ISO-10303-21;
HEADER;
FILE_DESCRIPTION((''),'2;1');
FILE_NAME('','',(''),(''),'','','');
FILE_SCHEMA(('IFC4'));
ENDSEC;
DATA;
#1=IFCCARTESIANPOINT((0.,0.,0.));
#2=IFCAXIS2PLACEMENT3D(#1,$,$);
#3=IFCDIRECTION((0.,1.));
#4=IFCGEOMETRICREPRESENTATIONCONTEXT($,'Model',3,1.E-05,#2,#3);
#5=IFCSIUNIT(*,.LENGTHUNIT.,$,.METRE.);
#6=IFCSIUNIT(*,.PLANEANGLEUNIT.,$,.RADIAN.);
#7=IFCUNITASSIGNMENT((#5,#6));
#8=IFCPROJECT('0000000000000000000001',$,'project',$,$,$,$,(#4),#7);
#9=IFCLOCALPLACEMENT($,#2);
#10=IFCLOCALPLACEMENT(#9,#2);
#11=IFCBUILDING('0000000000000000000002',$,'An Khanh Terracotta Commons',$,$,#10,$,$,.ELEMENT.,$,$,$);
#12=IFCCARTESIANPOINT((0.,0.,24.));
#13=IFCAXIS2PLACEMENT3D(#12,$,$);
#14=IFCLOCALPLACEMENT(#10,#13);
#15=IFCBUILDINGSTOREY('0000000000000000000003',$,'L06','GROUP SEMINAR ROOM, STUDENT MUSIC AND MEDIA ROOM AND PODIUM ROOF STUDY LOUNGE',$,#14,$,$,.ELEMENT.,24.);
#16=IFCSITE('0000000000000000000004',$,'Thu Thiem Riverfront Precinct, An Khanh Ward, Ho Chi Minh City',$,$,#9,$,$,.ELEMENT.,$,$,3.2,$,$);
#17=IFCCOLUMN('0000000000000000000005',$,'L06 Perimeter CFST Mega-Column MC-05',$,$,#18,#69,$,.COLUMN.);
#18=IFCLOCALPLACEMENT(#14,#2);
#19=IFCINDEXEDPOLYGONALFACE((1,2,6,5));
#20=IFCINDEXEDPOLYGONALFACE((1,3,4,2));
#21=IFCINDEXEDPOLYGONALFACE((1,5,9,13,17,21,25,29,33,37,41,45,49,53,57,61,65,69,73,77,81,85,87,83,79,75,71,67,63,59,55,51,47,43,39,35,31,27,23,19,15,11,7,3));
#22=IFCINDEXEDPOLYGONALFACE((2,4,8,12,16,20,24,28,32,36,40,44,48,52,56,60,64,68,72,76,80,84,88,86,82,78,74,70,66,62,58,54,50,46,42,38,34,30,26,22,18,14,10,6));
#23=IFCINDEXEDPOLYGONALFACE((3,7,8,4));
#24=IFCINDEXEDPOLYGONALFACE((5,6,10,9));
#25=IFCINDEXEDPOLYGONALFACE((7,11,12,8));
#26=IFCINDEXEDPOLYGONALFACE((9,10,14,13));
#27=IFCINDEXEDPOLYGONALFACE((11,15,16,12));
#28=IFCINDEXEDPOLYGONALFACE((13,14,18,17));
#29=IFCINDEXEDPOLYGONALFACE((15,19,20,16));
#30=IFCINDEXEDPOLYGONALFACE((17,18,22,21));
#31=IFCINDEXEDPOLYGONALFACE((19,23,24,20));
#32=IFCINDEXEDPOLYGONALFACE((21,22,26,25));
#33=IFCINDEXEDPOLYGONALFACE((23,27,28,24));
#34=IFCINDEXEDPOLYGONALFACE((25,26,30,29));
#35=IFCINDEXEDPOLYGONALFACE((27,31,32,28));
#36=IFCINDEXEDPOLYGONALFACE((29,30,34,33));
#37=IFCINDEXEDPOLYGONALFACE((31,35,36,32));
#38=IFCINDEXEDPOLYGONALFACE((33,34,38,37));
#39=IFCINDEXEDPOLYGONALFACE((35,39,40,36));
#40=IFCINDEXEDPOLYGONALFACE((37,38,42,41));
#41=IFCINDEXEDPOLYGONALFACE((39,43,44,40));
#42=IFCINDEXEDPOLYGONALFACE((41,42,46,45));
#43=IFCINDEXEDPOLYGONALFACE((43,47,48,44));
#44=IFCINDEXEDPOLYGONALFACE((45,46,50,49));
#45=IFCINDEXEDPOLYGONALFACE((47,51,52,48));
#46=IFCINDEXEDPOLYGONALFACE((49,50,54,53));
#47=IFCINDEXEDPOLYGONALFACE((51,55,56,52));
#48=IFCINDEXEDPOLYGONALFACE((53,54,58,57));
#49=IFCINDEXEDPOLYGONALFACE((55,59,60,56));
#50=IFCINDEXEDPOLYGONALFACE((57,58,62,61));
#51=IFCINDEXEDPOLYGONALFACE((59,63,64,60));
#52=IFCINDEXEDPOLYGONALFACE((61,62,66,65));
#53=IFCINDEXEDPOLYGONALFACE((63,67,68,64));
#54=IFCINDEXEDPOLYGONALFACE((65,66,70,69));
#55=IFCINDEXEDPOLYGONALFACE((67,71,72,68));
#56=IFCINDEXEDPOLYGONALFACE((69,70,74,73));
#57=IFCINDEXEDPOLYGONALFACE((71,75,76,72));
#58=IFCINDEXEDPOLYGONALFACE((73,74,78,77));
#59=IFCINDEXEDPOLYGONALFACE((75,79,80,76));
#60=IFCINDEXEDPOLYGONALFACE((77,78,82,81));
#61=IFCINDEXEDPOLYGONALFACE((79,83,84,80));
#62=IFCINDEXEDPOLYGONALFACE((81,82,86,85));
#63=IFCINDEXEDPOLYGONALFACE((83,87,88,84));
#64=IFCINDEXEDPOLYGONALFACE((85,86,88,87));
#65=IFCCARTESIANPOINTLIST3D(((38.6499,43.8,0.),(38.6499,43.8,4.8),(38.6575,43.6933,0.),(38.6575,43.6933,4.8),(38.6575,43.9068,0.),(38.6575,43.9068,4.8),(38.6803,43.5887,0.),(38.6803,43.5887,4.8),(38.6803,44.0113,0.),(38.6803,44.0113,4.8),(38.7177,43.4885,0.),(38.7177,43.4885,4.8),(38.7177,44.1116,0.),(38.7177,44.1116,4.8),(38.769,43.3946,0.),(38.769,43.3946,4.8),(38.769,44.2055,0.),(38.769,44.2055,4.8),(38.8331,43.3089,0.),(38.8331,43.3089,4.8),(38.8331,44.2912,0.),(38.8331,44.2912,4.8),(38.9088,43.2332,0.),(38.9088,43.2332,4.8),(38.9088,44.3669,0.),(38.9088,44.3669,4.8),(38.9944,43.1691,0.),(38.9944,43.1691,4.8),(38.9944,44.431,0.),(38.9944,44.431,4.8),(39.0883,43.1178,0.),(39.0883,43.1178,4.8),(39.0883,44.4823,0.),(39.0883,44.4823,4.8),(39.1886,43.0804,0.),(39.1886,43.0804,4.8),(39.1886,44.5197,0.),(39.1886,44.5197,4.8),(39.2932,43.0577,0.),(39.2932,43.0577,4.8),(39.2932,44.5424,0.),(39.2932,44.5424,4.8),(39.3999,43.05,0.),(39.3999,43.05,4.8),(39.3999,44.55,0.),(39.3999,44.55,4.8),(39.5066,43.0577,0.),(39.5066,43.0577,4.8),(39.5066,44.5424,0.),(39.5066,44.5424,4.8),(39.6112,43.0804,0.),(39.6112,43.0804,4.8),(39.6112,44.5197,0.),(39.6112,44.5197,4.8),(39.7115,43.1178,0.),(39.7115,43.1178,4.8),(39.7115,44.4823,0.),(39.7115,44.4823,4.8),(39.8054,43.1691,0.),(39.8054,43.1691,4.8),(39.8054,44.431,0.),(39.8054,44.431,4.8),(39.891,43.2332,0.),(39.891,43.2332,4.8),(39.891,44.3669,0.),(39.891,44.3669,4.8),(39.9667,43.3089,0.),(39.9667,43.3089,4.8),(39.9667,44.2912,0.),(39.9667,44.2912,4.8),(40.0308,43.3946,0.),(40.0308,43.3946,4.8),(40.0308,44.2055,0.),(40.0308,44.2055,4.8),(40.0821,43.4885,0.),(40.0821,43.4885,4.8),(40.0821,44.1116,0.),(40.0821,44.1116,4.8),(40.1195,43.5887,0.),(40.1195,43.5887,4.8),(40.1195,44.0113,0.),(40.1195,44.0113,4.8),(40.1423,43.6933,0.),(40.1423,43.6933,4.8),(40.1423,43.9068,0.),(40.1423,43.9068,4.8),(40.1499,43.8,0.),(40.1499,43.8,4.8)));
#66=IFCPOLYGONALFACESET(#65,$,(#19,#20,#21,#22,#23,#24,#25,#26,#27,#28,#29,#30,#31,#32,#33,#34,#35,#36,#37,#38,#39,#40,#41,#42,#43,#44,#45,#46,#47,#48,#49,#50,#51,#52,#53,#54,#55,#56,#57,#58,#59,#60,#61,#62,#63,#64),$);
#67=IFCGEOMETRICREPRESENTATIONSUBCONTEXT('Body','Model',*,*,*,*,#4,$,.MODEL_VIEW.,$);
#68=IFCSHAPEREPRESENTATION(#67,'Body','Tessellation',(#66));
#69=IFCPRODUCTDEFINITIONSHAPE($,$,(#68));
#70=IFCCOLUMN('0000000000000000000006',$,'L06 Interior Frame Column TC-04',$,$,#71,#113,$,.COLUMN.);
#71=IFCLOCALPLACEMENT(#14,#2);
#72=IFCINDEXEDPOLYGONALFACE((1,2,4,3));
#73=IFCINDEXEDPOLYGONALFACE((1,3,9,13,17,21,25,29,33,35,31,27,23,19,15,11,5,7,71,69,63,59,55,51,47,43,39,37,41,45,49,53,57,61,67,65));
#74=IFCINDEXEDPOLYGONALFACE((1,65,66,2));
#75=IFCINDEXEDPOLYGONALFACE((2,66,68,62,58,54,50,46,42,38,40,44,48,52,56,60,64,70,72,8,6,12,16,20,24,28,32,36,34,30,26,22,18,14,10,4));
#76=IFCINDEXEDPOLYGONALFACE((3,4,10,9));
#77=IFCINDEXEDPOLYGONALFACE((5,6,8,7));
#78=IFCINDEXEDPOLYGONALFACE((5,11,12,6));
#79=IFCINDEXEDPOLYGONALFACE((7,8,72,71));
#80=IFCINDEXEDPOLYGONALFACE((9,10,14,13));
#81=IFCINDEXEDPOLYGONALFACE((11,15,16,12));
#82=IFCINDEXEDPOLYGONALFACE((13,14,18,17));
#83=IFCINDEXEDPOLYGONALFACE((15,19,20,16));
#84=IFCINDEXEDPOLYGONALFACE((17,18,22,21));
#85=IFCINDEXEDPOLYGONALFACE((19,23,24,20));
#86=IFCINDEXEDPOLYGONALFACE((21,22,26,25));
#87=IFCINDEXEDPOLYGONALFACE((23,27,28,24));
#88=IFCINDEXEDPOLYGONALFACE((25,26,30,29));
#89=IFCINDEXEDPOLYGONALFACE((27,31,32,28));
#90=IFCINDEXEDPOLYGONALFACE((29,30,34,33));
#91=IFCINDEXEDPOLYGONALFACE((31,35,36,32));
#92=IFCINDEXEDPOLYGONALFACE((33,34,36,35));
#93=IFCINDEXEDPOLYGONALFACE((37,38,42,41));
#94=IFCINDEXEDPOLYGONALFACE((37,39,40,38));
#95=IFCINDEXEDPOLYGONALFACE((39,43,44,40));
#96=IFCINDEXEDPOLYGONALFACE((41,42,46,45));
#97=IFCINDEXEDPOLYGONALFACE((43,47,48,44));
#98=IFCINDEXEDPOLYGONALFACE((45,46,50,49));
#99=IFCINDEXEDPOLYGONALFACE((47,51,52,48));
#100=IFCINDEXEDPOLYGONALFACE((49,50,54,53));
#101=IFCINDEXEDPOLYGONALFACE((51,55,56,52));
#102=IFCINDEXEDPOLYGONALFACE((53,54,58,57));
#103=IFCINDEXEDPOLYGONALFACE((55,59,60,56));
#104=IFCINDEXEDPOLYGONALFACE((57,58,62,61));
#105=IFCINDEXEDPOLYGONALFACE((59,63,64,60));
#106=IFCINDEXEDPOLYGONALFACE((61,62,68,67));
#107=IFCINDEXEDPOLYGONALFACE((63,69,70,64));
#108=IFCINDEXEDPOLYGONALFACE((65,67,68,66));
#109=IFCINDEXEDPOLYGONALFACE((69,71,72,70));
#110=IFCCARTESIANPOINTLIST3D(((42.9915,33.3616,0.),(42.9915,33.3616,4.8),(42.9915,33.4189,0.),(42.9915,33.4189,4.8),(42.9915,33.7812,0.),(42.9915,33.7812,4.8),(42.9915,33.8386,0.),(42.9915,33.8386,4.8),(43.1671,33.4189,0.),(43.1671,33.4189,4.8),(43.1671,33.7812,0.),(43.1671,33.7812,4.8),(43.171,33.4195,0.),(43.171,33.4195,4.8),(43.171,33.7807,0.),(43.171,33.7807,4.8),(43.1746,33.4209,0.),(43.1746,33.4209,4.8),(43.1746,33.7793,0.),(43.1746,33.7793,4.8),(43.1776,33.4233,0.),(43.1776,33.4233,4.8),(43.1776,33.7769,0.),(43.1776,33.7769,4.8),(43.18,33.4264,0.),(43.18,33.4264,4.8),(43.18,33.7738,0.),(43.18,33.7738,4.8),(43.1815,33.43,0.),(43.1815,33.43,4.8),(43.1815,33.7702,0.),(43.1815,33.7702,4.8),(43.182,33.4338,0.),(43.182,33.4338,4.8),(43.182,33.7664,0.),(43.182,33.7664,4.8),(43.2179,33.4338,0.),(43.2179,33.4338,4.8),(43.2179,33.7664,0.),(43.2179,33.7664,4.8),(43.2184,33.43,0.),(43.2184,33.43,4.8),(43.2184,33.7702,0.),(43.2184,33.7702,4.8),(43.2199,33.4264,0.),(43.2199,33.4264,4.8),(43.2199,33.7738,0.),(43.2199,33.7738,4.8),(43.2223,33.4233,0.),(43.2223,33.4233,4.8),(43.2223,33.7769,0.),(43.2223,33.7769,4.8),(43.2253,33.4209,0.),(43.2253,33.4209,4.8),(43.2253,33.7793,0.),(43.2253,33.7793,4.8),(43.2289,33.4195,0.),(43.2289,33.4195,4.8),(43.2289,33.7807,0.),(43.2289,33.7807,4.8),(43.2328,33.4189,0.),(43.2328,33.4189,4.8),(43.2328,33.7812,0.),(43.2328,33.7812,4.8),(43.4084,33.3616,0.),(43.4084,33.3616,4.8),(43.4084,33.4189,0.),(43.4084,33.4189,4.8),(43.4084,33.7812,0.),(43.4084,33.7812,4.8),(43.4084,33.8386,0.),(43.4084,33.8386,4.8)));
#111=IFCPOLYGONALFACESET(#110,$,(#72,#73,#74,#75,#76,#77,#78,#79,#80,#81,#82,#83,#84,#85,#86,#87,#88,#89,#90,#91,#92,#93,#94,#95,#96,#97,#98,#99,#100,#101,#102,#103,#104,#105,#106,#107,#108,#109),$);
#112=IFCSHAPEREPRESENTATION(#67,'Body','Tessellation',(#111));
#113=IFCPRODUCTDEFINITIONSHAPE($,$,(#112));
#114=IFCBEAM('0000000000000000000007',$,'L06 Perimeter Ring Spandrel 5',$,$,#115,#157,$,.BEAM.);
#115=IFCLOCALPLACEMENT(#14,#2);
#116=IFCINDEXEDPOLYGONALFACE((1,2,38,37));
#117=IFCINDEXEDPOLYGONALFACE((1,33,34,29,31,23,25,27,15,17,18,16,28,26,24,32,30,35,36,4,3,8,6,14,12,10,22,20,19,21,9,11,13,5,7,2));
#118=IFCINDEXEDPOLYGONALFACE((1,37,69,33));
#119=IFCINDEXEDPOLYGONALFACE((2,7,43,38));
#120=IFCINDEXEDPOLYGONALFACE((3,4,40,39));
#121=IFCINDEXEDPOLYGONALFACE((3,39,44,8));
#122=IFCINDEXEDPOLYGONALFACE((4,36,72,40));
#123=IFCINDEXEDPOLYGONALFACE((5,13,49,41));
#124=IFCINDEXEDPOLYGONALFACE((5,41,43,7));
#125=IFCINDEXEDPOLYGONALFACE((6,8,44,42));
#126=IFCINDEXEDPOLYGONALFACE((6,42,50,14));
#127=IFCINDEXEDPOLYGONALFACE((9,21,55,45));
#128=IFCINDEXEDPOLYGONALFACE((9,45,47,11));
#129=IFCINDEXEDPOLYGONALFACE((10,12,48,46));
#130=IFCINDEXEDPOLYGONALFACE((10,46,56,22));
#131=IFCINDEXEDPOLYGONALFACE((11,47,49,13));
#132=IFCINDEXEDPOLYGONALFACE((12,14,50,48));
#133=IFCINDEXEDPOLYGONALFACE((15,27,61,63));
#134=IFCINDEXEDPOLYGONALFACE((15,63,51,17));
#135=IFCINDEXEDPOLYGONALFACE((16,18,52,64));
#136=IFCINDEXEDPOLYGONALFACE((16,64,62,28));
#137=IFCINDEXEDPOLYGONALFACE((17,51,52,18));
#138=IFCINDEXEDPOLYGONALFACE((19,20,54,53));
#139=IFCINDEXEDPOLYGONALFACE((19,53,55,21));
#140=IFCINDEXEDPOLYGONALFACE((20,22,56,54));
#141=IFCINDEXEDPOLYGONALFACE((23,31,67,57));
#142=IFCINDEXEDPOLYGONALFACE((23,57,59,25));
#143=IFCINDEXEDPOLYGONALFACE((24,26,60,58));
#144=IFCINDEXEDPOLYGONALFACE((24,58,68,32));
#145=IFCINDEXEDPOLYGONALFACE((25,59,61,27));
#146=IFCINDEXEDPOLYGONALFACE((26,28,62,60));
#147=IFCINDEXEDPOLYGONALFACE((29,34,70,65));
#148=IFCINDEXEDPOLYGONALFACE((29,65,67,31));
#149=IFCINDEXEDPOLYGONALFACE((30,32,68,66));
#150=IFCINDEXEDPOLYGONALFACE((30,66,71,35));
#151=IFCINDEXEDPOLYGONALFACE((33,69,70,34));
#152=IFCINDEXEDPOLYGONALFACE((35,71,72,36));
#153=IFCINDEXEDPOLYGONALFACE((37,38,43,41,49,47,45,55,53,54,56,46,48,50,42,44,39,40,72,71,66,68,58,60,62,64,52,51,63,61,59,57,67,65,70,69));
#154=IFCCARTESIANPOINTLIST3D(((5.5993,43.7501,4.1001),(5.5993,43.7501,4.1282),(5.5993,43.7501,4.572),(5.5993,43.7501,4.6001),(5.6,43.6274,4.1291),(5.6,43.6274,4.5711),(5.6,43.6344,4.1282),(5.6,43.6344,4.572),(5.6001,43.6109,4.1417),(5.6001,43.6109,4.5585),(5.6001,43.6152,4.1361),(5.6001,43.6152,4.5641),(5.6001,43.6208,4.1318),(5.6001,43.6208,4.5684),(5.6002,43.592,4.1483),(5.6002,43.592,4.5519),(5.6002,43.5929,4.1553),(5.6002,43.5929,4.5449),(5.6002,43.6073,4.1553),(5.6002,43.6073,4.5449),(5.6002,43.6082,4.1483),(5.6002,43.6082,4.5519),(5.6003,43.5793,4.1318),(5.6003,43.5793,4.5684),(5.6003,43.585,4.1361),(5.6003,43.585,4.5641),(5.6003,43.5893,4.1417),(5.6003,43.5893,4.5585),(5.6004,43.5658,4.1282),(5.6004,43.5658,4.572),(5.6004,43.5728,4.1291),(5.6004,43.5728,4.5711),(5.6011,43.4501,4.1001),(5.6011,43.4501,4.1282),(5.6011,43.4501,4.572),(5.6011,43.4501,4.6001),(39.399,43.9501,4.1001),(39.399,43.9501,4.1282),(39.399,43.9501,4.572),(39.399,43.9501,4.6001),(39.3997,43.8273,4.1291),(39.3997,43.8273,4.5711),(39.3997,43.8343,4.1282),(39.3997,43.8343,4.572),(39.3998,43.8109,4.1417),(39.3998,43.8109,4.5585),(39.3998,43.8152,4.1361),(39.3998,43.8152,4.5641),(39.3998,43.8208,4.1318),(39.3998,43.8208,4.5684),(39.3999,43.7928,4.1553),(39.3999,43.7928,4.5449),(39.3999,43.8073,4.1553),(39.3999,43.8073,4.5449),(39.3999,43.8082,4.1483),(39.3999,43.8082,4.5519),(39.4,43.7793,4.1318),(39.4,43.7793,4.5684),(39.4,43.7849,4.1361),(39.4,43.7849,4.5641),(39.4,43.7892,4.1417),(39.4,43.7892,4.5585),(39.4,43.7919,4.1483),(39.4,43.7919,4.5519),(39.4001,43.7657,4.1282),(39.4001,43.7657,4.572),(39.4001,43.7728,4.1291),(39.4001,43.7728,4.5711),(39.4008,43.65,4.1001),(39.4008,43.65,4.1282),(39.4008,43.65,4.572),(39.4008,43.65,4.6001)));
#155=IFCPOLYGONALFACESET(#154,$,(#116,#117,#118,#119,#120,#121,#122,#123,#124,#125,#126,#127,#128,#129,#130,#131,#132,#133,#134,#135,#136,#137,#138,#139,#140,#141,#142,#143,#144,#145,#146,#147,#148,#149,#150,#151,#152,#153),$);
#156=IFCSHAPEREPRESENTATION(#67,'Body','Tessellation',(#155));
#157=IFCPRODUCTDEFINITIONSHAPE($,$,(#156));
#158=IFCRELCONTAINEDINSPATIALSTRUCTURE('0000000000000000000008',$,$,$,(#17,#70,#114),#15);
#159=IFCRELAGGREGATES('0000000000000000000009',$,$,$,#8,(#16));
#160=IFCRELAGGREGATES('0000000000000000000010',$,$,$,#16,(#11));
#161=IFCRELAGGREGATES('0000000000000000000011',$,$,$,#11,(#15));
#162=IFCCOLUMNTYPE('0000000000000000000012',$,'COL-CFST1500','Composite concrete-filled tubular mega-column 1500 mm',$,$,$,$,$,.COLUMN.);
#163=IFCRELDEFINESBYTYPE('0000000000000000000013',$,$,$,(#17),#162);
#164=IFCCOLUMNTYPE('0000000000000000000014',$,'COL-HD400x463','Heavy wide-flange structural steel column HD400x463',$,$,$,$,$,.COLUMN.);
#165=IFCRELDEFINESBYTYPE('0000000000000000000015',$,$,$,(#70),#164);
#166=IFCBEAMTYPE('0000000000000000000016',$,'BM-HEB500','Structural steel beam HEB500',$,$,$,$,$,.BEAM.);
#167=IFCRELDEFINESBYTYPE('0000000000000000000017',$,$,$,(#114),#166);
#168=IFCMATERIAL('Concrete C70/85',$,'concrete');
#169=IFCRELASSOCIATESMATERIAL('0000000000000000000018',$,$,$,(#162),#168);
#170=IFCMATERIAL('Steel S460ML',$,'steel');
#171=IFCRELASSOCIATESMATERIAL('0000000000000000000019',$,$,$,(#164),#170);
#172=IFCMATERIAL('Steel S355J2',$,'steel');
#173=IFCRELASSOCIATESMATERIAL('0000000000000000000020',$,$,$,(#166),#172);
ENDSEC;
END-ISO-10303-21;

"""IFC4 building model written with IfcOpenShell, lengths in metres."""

from ifc_helpers import new_model, si_unit, direction, frame, origin, origin_2d, place, context, subcontext, project, spatial, circle, i_section, extrude, material, material_profile, profile_set, type_object, element, save


model = new_model("IFC4")

# Units and contexts
model_context = context("Model", 3, precision=1e-05, world=origin(), true_north=direction((0.0, 1.0)))
body_context = subcontext(model_context, "Body", "Model", "MODEL_VIEW")
ifc_project = project(units=[si_unit("LENGTHUNIT", "METRE"), si_unit("PLANEANGLEUNIT", "RADIAN")], contexts=[model_context])

# Site, building, storey
site_placement = place(None, origin())
site = spatial("IfcSite", under=ifc_project, at=site_placement, Name="Thu Thiem Riverfront Precinct, An Khanh Ward, Ho Chi Minh City", CompositionType="ELEMENT", RefElevation=3.2)
building_placement = place(site_placement, origin())
building = spatial("IfcBuilding", under=site, at=building_placement, Name="An Khanh Terracotta Commons", CompositionType="ELEMENT")
storey_placement = place(building_placement, frame((0.0, 0.0, 24.0)))
storey = spatial("IfcBuildingStorey", under=building, at=storey_placement, Name="L06", Description="GROUP SEMINAR ROOM, STUDENT MUSIC AND MEDIA ROOM AND PODIUM ROOF STUDY LOUNGE", CompositionType="ELEMENT", Elevation=24.0)

# Columns
ifc_material_1 = material(Name="Concrete C70/85", Category="concrete")
ifc_material_profile_1 = material_profile(ifc_material_1, circle(Radius=0.75, at=origin_2d()), Name="CFST1500")
ifc_profile_set_1 = profile_set([ifc_material_profile_1], Name="Concrete C70/85")
column_type_1 = type_object("IfcColumnType", Name="COL-CFST1500", Description="Composite concrete-filled tubular mega-column 1500 mm", PredefinedType="COLUMN", material=ifc_profile_set_1)
column_1_placement = place(storey_placement, frame((39.3999, 43.8, 0.0), z_axis=(0.0, 0.0, 1.0), x_axis=(1.0, 0.0, 0.0)))
element("IfcColumn", 1, at=column_1_placement, inside=storey, type_object=column_type_1, Name="L06 Perimeter CFST Mega-Column MC-05", PredefinedType="COLUMN", context=body_context, shape_type="SweptSolid", body=[
    extrude(circle(Radius=0.75, at=origin_2d()), origin(), (0.0, 0.0, 1.0), 4.8),
])
ifc_material_2 = material(Name="Steel S460ML", Category="steel")
ifc_material_profile_2 = material_profile(ifc_material_2, i_section(OverallWidth=0.417, OverallDepth=0.4771, WebThickness=0.0359, FlangeThickness=0.0574, FilletRadius=0.0149, at=origin_2d()), Name="HD400x463")
ifc_profile_set_2 = profile_set([ifc_material_profile_2], Name="Steel S460ML")
column_type_2 = type_object("IfcColumnType", Name="COL-HD400x463", Description="Heavy wide-flange structural steel column HD400x463", PredefinedType="COLUMN", material=ifc_profile_set_2)
column_2_placement = place(storey_placement, frame((43.2, 33.6001, 0.0), z_axis=(0.0, 0.0, 1.0), x_axis=(1.0, 0.0, 0.0)))
element("IfcColumn", 2, at=column_2_placement, inside=storey, type_object=column_type_2, Name="L06 Interior Frame Column TC-04", PredefinedType="COLUMN", context=body_context, shape_type="SweptSolid", body=[
    extrude(i_section(OverallWidth=0.417, OverallDepth=0.4771, WebThickness=0.0359, FlangeThickness=0.0574, FilletRadius=0.0149, at=origin_2d()), origin(), (0.0, 0.0, 1.0), 4.8),
])

# Beam
ifc_material_3 = material(Name="Steel S355J2", Category="steel")
ifc_material_profile_3 = material_profile(ifc_material_3, i_section(OverallWidth=0.3, OverallDepth=0.5, WebThickness=0.0144, FlangeThickness=0.0281, FilletRadius=0.0271, at=origin_2d()), Name="HEB500")
ifc_profile_set_3 = profile_set([ifc_material_profile_3], Name="Steel S355J2")
beam_type_1 = type_object("IfcBeamType", Name="BM-HEB500", Description="Structural steel beam HEB500", PredefinedType="BEAM", material=ifc_profile_set_3)
beam_1_placement = place(storey_placement, frame((39.3999, 43.8, 4.3501), z_axis=(-0.999983, -0.005916, 0.0), x_axis=(0.005916, -0.999983, 0.0)))
element("IfcBeam", 3, at=beam_1_placement, inside=storey, type_object=beam_type_1, Name="L06 Perimeter Ring Spandrel 5", PredefinedType="BEAM", context=body_context, shape_type="SweptSolid", body=[
    extrude(i_section(OverallWidth=0.3, OverallDepth=0.5, WebThickness=0.0144, FlangeThickness=0.0281, FilletRadius=0.0271, at=origin_2d()), origin(), (0.0, 0.0, 1.0), 33.8003),
])

save(model, "model.ifc")
